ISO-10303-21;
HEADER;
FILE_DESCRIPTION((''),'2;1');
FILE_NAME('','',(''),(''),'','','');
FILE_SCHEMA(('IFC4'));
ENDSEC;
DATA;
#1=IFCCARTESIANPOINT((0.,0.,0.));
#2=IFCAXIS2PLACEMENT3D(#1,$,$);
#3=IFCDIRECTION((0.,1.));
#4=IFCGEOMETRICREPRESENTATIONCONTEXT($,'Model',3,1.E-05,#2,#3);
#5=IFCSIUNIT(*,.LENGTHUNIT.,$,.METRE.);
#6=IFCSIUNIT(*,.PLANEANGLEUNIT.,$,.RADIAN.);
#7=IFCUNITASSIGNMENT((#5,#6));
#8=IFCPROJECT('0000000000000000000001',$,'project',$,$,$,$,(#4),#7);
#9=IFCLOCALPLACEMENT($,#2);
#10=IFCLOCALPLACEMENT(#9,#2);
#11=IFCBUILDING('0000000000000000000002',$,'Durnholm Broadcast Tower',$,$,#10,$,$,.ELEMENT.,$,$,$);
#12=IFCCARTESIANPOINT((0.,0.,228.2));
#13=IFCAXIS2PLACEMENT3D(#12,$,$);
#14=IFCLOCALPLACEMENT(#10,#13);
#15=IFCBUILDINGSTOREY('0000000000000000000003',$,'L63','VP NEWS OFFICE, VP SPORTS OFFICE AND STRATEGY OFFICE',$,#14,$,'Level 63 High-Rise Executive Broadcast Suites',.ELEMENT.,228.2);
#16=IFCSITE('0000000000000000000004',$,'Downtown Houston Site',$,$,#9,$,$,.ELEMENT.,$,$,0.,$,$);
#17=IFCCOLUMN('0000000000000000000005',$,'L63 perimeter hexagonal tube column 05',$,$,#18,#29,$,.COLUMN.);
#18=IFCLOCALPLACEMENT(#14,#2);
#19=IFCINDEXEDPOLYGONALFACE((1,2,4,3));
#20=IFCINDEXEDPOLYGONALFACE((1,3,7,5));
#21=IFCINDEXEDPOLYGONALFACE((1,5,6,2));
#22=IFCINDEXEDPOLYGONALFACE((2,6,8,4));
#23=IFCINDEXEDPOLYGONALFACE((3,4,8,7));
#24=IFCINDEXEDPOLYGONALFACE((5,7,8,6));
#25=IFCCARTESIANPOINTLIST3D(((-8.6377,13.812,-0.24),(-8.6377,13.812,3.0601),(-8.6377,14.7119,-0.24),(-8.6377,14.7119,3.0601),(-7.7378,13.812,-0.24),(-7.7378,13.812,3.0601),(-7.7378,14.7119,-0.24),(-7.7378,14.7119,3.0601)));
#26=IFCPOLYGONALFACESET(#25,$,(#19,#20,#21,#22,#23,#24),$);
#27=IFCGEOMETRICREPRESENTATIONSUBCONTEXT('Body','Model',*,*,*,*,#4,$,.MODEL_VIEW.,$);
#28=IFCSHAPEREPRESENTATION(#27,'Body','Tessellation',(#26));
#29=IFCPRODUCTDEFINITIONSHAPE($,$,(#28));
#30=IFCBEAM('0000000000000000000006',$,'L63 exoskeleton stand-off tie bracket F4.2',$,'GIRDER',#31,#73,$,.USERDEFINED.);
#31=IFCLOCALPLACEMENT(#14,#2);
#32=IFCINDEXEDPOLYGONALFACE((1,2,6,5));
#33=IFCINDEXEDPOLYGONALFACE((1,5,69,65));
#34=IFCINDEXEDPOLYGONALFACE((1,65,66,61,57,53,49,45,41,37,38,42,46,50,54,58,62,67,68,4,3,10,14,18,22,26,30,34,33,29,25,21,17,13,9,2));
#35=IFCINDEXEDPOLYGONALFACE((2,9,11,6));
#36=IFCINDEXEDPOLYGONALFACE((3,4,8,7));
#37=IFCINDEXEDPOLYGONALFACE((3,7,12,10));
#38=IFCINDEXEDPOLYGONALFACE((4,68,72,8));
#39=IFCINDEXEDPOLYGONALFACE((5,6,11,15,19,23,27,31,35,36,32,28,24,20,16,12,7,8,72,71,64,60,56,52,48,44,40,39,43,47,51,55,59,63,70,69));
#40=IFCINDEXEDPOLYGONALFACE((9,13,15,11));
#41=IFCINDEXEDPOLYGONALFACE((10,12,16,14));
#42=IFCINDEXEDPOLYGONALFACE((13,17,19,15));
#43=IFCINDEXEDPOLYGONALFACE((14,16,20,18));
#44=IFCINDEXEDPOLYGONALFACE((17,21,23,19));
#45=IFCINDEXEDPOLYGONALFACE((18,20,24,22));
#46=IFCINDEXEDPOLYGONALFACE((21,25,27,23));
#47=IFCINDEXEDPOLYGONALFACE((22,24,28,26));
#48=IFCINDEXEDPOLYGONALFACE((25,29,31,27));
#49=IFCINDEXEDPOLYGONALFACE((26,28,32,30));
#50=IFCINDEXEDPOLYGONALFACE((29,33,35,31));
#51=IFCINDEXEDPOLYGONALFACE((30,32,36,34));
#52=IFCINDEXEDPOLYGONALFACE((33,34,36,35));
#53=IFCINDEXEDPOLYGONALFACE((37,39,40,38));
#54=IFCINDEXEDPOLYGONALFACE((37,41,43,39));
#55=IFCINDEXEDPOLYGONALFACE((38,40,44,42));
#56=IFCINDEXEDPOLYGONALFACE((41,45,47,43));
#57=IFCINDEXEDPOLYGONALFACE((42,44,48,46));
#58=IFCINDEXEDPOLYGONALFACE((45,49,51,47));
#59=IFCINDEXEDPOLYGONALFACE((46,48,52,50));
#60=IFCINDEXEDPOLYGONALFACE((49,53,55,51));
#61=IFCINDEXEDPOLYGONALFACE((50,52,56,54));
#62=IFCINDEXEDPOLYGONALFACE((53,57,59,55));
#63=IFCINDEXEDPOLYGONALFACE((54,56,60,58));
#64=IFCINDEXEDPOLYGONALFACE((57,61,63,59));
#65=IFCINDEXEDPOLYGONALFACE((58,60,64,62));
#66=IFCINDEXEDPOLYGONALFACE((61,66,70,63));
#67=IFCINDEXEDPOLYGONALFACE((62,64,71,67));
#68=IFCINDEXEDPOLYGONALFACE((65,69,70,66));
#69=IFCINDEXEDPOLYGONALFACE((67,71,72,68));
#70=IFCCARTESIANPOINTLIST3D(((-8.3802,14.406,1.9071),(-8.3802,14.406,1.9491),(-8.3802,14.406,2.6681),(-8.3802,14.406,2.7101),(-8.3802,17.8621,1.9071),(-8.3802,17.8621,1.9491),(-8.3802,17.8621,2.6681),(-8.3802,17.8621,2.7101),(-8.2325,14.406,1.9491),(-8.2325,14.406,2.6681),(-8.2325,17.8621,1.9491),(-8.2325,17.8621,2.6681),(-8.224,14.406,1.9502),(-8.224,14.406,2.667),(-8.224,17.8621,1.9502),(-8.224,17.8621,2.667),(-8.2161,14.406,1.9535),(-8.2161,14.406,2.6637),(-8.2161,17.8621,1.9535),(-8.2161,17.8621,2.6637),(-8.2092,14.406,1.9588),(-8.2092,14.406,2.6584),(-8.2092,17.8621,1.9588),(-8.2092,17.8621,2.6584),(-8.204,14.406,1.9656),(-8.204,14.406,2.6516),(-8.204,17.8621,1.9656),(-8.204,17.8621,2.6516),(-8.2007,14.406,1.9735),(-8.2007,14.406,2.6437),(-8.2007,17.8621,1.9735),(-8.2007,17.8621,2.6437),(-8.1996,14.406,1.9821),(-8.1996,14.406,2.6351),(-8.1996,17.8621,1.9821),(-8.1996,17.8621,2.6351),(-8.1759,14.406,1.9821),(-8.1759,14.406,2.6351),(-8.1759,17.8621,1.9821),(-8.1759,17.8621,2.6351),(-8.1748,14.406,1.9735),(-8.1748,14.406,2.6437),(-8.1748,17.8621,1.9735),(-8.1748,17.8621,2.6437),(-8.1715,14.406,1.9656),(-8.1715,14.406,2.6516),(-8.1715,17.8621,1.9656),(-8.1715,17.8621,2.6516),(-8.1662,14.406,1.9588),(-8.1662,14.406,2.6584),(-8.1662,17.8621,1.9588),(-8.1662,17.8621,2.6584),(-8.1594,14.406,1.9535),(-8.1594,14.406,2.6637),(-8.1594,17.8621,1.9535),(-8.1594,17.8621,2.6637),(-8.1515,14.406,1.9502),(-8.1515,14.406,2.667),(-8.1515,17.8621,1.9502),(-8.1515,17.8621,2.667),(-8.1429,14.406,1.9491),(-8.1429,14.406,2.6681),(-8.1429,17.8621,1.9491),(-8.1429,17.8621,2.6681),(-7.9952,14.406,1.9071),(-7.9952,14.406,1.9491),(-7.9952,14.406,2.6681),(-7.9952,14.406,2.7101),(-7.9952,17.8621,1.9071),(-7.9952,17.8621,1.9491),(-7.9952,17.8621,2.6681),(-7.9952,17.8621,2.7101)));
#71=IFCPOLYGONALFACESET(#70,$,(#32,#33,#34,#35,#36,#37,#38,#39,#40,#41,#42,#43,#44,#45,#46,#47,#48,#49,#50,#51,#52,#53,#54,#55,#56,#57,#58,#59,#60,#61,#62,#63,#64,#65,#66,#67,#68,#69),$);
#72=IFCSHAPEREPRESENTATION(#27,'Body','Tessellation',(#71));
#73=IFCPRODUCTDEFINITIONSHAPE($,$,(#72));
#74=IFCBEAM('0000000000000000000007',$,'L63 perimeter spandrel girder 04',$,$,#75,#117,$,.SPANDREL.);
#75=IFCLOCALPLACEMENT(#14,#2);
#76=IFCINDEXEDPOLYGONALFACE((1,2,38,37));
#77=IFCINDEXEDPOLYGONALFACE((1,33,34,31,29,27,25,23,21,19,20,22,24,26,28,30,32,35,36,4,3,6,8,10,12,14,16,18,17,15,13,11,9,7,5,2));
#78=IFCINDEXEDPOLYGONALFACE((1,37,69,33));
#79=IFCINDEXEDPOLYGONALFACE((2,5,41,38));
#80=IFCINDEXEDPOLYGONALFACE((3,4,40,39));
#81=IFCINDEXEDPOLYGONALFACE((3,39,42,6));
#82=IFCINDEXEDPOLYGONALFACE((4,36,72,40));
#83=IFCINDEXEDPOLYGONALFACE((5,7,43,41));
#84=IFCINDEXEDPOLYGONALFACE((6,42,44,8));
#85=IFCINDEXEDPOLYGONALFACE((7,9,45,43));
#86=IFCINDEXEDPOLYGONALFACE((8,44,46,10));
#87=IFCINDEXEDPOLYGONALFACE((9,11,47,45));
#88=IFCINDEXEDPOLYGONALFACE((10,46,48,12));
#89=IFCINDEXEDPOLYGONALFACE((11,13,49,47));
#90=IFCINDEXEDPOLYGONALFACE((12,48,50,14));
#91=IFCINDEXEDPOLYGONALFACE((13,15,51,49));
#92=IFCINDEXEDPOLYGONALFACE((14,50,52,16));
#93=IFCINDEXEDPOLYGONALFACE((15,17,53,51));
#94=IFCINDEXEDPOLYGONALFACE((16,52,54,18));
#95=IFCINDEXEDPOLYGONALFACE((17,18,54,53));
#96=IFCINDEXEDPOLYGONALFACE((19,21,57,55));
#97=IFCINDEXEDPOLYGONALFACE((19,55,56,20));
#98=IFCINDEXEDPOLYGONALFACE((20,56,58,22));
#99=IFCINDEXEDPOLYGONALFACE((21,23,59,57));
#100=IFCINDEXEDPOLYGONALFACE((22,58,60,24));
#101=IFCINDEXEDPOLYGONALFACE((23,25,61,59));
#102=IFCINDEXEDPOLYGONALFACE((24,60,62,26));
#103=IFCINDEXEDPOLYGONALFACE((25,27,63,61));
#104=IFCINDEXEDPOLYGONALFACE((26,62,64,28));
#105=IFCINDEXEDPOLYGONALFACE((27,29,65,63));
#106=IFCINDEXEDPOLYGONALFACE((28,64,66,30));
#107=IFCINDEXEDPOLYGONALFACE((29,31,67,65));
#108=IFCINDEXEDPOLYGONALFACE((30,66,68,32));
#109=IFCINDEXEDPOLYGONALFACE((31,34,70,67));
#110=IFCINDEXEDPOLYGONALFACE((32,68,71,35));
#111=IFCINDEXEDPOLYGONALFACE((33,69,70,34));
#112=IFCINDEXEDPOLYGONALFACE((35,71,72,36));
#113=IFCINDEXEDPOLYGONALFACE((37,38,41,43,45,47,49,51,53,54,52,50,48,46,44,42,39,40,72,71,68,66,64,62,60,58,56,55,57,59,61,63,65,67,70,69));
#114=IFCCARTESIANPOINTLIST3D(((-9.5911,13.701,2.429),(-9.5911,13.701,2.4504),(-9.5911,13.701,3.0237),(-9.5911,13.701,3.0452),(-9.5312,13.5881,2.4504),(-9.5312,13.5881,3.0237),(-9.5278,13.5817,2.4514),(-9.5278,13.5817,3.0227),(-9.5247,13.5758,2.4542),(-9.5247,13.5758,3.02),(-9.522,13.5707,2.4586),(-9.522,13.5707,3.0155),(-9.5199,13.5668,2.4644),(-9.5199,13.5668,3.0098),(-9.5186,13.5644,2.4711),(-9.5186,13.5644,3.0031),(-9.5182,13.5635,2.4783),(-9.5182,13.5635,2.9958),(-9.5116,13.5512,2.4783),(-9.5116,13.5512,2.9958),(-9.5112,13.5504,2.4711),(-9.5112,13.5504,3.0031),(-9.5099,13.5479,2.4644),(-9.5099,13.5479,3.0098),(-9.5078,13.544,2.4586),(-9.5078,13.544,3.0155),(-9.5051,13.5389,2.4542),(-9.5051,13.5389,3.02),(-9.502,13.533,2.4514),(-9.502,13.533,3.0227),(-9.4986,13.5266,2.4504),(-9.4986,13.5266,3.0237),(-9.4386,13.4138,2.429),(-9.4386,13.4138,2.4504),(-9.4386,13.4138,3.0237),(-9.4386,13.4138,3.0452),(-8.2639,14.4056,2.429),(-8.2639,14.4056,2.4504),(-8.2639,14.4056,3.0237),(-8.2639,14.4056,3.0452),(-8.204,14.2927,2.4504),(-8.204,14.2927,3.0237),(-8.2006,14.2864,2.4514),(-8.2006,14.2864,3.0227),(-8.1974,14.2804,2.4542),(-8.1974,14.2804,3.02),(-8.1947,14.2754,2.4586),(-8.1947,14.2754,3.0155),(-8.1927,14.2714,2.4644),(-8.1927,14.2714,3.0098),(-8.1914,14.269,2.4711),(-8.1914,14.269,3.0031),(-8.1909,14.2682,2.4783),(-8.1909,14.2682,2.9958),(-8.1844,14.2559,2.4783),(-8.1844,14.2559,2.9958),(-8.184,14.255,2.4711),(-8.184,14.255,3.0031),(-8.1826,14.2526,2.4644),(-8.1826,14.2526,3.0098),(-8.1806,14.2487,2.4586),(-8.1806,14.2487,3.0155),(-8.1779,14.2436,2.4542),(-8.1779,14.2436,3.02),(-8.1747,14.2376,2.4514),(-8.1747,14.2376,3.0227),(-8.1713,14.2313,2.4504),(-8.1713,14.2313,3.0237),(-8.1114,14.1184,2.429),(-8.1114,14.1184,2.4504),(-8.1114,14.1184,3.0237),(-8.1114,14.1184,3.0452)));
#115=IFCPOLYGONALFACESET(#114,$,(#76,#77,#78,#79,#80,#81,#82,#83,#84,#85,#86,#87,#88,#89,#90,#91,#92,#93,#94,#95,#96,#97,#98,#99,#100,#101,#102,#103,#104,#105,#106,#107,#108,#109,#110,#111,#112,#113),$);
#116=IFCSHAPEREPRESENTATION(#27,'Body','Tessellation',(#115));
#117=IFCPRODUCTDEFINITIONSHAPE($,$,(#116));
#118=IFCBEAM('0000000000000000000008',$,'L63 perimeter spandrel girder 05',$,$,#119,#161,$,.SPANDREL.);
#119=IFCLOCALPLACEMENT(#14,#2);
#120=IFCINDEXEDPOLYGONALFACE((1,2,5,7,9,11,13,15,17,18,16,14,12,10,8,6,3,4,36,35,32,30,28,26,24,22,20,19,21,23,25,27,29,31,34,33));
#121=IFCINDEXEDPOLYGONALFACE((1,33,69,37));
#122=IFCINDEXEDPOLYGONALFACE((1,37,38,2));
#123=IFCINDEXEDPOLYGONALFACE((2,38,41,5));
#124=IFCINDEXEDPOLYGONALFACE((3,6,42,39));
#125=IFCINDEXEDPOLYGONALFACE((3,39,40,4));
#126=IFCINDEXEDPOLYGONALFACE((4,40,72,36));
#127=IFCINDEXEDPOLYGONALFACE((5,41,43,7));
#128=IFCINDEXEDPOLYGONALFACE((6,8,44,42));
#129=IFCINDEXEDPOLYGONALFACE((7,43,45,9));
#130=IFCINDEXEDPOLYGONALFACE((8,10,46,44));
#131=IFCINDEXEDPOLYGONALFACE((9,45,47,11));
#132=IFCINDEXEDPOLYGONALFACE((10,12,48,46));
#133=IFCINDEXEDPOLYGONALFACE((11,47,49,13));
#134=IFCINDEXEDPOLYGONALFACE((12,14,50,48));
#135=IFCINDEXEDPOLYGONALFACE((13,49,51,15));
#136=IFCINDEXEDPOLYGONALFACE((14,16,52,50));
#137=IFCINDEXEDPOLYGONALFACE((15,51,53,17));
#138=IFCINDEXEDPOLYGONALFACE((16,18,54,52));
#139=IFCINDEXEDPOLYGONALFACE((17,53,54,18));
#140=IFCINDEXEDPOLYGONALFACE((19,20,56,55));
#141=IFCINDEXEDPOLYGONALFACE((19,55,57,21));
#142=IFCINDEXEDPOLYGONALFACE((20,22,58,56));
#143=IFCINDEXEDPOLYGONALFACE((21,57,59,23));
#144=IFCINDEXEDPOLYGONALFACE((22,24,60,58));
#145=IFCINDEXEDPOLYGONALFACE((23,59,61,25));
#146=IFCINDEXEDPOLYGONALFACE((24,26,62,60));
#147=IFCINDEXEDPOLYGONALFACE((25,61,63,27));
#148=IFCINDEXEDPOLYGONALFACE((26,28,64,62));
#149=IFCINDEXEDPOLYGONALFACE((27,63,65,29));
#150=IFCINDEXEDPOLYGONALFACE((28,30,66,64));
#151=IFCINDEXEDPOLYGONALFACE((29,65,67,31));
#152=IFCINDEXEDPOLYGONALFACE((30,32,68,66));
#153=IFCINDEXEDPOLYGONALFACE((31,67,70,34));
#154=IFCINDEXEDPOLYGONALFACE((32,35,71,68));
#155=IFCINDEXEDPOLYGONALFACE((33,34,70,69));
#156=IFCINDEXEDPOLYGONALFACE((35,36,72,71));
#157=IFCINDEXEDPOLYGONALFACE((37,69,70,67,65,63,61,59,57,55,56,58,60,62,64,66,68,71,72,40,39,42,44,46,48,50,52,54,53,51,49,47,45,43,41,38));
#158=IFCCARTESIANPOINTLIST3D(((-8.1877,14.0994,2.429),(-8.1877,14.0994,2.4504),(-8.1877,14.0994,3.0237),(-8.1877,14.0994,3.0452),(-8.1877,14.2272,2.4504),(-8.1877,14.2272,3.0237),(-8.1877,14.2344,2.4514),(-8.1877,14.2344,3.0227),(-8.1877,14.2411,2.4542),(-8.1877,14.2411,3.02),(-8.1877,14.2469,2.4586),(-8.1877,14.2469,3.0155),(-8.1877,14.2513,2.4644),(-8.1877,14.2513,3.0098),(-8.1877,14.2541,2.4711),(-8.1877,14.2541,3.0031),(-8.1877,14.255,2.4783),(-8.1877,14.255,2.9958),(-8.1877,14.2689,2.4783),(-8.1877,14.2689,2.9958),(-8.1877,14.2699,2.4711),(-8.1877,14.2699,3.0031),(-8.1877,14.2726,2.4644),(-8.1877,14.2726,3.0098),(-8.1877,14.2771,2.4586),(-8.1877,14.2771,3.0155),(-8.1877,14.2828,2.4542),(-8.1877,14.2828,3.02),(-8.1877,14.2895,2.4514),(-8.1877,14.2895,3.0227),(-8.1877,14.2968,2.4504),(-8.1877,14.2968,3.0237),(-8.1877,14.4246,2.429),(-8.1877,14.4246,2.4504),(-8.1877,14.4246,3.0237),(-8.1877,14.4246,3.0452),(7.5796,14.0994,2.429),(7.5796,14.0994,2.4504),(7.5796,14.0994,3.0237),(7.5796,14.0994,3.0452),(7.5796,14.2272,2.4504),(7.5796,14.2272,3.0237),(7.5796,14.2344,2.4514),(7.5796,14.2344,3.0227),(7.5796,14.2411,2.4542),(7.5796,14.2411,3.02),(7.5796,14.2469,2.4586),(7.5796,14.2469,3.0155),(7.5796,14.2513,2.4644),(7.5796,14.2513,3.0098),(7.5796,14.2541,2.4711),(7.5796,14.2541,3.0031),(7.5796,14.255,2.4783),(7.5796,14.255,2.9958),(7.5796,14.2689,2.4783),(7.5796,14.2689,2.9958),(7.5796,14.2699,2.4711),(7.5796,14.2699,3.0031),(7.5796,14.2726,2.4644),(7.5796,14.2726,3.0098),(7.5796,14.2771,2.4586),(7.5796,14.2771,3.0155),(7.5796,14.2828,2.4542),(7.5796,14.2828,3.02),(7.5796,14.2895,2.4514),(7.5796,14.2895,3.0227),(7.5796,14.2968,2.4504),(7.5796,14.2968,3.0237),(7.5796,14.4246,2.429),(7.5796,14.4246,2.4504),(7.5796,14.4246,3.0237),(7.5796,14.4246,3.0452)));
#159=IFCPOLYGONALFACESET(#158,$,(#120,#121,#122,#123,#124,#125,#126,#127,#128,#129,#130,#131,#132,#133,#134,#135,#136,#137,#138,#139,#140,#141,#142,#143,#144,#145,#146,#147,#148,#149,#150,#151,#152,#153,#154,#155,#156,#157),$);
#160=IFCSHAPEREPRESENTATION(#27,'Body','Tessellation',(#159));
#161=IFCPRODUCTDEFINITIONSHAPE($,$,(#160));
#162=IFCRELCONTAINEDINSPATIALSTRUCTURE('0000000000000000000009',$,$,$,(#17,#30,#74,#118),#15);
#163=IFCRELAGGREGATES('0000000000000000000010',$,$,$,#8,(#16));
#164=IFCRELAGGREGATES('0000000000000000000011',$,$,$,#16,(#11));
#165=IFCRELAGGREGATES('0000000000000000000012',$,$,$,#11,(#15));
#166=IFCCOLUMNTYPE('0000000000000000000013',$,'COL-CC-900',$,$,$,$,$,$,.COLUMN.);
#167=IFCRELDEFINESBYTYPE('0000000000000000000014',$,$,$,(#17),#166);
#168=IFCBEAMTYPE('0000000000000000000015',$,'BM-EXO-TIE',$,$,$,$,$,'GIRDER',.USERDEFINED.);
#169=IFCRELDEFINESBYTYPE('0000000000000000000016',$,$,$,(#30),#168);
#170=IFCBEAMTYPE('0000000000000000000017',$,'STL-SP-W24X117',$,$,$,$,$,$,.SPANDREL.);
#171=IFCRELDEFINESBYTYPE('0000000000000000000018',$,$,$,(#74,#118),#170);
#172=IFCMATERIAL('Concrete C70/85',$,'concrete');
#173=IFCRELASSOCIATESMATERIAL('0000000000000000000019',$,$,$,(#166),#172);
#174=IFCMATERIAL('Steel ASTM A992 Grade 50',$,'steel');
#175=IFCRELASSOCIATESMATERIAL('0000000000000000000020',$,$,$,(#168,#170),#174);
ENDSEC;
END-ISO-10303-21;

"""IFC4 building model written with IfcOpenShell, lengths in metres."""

from ifc_helpers import new_model, si_unit, direction, frame, origin, origin_2d, place, context, subcontext, project, spatial, rectangle, i_section, extrude, source, transform, mapped, material, material_profile, profile_set, type_object, type_shapes, element, save


model = new_model("IFC4")

# Units and contexts
model_context = context("Model", 3, precision=1e-05, world=origin(), true_north=direction((0.0, 1.0)))
body_context = subcontext(model_context, "Body", "Model", "MODEL_VIEW")
ifc_project = project(units=[si_unit("LENGTHUNIT", "METRE"), si_unit("PLANEANGLEUNIT", "RADIAN")], contexts=[model_context])

# Site, building, storey
site_placement = place(None, origin())
site = spatial("IfcSite", under=ifc_project, at=site_placement, Name="Downtown Houston Site", CompositionType="ELEMENT", RefElevation=0.0)
building_placement = place(site_placement, origin())
building = spatial("IfcBuilding", under=site, at=building_placement, Name="Durnholm Broadcast Tower", CompositionType="ELEMENT")
storey_placement = place(building_placement, frame((0.0, 0.0, 228.2)))
storey = spatial("IfcBuildingStorey", under=building, at=storey_placement, Name="L63", Description="VP NEWS OFFICE, VP SPORTS OFFICE AND STRATEGY OFFICE", LongName="Level 63 High-Rise Executive Broadcast Suites", CompositionType="ELEMENT", Elevation=228.2)

# Column
ifc_material_1 = material(Name="Concrete C70/85", Category="concrete")
ifc_material_profile_1 = material_profile(ifc_material_1, rectangle(XDim=0.8999, YDim=0.8999, at=origin_2d()), Name="RC900X900")
ifc_profile_set_1 = profile_set([ifc_material_profile_1], Name="Concrete C70/85")
column_type = type_object("IfcColumnType", Name="COL-CC-900", PredefinedType="COLUMN", material=ifc_profile_set_1)
shared_shape_1 = source(origin(), body_context, "Body", "SweptSolid", [
    extrude(rectangle(XDim=0.8999, YDim=0.8999, at=origin_2d()), origin(), (0.0, 0.0, 1.0), 3.3),
])
type_shapes(column_type, [shared_shape_1])
column_placement = place(storey_placement, frame((-8.1877, 14.262, -0.24), z_axis=(0.0, 0.0, 1.0), x_axis=(1.0, 0.0, 0.0)))
element("IfcColumn", 1, at=column_placement, inside=storey, type_object=column_type, Name="L63 perimeter hexagonal tube column 05", PredefinedType="COLUMN", context=body_context, shape_type="MappedRepresentation", body=[
    mapped(shared_shape_1, transform((0.0, 0.0, 0.0), x_axis=(1.0, 0.0, 0.0), y_axis=(0.0, 1.0, 0.0), z_axis=(0.0, 0.0, 1.0), scale=1.0)),
])

# Beams
ifc_material_2 = material(Name="Steel ASTM A992 Grade 50", Category="steel")
ifc_material_profile_2 = material_profile(ifc_material_2, i_section(OverallWidth=0.385, OverallDepth=0.803, WebThickness=0.0237, FlangeThickness=0.042, FilletRadius=0.033, at=origin_2d()), Name="W30X261")
ifc_profile_set_2 = profile_set([ifc_material_profile_2], Name="Steel ASTM A992 Grade 50")
beam_type_1 = type_object("IfcBeamType", Name="BM-EXO-TIE", ElementType="GIRDER", PredefinedType="USERDEFINED", material=ifc_profile_set_2)
shared_shape_2 = source(origin(), body_context, "Body", "SweptSolid", [
    extrude(i_section(OverallWidth=0.385, OverallDepth=0.803, WebThickness=0.0237, FlangeThickness=0.042, FilletRadius=0.033, at=origin_2d()), origin(), (0.0, 0.0, 1.0), 3.4561),
])
type_shapes(beam_type_1, [shared_shape_2])
beam_1_placement = place(storey_placement, frame((-8.1877, 14.406, 2.3086), z_axis=(0.0, 1.0, 0.0), x_axis=(-1.0, 0.0, 0.0)))
element("IfcBeam", 2, at=beam_1_placement, inside=storey, type_object=beam_type_1, Name="L63 exoskeleton stand-off tie bracket F4.2", ObjectType="GIRDER", PredefinedType="USERDEFINED", context=body_context, shape_type="MappedRepresentation", body=[
    mapped(shared_shape_2, transform((0.0, 0.0, 0.0), x_axis=(1.0, 0.0, 0.0), y_axis=(0.0, 1.0, 0.0), z_axis=(0.0, 0.0, 1.0), scale=1.0)),
])
ifc_material_profile_3 = material_profile(ifc_material_2, i_section(OverallWidth=0.3252, OverallDepth=0.6162, WebThickness=0.0139, FlangeThickness=0.0215, FilletRadius=0.0278, at=origin_2d()), Name="W24X117")
ifc_profile_set_3 = profile_set([ifc_material_profile_3], Name="Steel ASTM A992 Grade 50")
beam_type_2 = type_object("IfcBeamType", Name="STL-SP-W24X117", PredefinedType="SPANDREL", material=ifc_profile_set_3)
shared_shape_3 = source(origin(), body_context, "Body", "SweptSolid", [
    extrude(i_section(OverallWidth=0.3252, OverallDepth=0.6162, WebThickness=0.0139, FlangeThickness=0.0215, FilletRadius=0.0278, at=origin_2d()), origin(), (0.0, 0.0, 1.0), 1.5027),
])
beam_2_placement = place(storey_placement, frame((-9.5149, 13.5574, 2.7371), z_axis=(0.883242, 0.468918, 0.0), x_axis=(-0.468918, 0.883242, 0.0)))
element("IfcBeam", 3, at=beam_2_placement, inside=storey, type_object=beam_type_2, Name="L63 perimeter spandrel girder 04", PredefinedType="SPANDREL", context=body_context, shape_type="MappedRepresentation", body=[
    mapped(shared_shape_3, transform((0.0, 0.0, 0.0), x_axis=(1.0, 0.0, 0.0), y_axis=(0.0, 1.0, 0.0), z_axis=(0.0, 0.0, 1.0), scale=1.0)),
])
shared_shape_4 = source(origin(), body_context, "Body", "SweptSolid", [
    extrude(i_section(OverallWidth=0.3252, OverallDepth=0.6162, WebThickness=0.0139, FlangeThickness=0.0215, FilletRadius=0.0278, at=origin_2d()), origin(), (0.0, 0.0, 1.0), 15.7673),
])
type_shapes(beam_type_2, [shared_shape_3, shared_shape_4])
beam_3_placement = place(storey_placement, frame((-8.1877, 14.262, 2.7371), z_axis=(1.0, 0.0, 0.0), x_axis=(0.0, 1.0, 0.0)))
element("IfcBeam", 4, at=beam_3_placement, inside=storey, type_object=beam_type_2, Name="L63 perimeter spandrel girder 05", PredefinedType="SPANDREL", context=body_context, shape_type="MappedRepresentation", body=[
    mapped(shared_shape_4, transform((0.0, 0.0, 0.0), x_axis=(1.0, 0.0, 0.0), y_axis=(0.0, 1.0, 0.0), z_axis=(0.0, 0.0, 1.0), scale=1.0)),
])

save(model, "model.ifc")
